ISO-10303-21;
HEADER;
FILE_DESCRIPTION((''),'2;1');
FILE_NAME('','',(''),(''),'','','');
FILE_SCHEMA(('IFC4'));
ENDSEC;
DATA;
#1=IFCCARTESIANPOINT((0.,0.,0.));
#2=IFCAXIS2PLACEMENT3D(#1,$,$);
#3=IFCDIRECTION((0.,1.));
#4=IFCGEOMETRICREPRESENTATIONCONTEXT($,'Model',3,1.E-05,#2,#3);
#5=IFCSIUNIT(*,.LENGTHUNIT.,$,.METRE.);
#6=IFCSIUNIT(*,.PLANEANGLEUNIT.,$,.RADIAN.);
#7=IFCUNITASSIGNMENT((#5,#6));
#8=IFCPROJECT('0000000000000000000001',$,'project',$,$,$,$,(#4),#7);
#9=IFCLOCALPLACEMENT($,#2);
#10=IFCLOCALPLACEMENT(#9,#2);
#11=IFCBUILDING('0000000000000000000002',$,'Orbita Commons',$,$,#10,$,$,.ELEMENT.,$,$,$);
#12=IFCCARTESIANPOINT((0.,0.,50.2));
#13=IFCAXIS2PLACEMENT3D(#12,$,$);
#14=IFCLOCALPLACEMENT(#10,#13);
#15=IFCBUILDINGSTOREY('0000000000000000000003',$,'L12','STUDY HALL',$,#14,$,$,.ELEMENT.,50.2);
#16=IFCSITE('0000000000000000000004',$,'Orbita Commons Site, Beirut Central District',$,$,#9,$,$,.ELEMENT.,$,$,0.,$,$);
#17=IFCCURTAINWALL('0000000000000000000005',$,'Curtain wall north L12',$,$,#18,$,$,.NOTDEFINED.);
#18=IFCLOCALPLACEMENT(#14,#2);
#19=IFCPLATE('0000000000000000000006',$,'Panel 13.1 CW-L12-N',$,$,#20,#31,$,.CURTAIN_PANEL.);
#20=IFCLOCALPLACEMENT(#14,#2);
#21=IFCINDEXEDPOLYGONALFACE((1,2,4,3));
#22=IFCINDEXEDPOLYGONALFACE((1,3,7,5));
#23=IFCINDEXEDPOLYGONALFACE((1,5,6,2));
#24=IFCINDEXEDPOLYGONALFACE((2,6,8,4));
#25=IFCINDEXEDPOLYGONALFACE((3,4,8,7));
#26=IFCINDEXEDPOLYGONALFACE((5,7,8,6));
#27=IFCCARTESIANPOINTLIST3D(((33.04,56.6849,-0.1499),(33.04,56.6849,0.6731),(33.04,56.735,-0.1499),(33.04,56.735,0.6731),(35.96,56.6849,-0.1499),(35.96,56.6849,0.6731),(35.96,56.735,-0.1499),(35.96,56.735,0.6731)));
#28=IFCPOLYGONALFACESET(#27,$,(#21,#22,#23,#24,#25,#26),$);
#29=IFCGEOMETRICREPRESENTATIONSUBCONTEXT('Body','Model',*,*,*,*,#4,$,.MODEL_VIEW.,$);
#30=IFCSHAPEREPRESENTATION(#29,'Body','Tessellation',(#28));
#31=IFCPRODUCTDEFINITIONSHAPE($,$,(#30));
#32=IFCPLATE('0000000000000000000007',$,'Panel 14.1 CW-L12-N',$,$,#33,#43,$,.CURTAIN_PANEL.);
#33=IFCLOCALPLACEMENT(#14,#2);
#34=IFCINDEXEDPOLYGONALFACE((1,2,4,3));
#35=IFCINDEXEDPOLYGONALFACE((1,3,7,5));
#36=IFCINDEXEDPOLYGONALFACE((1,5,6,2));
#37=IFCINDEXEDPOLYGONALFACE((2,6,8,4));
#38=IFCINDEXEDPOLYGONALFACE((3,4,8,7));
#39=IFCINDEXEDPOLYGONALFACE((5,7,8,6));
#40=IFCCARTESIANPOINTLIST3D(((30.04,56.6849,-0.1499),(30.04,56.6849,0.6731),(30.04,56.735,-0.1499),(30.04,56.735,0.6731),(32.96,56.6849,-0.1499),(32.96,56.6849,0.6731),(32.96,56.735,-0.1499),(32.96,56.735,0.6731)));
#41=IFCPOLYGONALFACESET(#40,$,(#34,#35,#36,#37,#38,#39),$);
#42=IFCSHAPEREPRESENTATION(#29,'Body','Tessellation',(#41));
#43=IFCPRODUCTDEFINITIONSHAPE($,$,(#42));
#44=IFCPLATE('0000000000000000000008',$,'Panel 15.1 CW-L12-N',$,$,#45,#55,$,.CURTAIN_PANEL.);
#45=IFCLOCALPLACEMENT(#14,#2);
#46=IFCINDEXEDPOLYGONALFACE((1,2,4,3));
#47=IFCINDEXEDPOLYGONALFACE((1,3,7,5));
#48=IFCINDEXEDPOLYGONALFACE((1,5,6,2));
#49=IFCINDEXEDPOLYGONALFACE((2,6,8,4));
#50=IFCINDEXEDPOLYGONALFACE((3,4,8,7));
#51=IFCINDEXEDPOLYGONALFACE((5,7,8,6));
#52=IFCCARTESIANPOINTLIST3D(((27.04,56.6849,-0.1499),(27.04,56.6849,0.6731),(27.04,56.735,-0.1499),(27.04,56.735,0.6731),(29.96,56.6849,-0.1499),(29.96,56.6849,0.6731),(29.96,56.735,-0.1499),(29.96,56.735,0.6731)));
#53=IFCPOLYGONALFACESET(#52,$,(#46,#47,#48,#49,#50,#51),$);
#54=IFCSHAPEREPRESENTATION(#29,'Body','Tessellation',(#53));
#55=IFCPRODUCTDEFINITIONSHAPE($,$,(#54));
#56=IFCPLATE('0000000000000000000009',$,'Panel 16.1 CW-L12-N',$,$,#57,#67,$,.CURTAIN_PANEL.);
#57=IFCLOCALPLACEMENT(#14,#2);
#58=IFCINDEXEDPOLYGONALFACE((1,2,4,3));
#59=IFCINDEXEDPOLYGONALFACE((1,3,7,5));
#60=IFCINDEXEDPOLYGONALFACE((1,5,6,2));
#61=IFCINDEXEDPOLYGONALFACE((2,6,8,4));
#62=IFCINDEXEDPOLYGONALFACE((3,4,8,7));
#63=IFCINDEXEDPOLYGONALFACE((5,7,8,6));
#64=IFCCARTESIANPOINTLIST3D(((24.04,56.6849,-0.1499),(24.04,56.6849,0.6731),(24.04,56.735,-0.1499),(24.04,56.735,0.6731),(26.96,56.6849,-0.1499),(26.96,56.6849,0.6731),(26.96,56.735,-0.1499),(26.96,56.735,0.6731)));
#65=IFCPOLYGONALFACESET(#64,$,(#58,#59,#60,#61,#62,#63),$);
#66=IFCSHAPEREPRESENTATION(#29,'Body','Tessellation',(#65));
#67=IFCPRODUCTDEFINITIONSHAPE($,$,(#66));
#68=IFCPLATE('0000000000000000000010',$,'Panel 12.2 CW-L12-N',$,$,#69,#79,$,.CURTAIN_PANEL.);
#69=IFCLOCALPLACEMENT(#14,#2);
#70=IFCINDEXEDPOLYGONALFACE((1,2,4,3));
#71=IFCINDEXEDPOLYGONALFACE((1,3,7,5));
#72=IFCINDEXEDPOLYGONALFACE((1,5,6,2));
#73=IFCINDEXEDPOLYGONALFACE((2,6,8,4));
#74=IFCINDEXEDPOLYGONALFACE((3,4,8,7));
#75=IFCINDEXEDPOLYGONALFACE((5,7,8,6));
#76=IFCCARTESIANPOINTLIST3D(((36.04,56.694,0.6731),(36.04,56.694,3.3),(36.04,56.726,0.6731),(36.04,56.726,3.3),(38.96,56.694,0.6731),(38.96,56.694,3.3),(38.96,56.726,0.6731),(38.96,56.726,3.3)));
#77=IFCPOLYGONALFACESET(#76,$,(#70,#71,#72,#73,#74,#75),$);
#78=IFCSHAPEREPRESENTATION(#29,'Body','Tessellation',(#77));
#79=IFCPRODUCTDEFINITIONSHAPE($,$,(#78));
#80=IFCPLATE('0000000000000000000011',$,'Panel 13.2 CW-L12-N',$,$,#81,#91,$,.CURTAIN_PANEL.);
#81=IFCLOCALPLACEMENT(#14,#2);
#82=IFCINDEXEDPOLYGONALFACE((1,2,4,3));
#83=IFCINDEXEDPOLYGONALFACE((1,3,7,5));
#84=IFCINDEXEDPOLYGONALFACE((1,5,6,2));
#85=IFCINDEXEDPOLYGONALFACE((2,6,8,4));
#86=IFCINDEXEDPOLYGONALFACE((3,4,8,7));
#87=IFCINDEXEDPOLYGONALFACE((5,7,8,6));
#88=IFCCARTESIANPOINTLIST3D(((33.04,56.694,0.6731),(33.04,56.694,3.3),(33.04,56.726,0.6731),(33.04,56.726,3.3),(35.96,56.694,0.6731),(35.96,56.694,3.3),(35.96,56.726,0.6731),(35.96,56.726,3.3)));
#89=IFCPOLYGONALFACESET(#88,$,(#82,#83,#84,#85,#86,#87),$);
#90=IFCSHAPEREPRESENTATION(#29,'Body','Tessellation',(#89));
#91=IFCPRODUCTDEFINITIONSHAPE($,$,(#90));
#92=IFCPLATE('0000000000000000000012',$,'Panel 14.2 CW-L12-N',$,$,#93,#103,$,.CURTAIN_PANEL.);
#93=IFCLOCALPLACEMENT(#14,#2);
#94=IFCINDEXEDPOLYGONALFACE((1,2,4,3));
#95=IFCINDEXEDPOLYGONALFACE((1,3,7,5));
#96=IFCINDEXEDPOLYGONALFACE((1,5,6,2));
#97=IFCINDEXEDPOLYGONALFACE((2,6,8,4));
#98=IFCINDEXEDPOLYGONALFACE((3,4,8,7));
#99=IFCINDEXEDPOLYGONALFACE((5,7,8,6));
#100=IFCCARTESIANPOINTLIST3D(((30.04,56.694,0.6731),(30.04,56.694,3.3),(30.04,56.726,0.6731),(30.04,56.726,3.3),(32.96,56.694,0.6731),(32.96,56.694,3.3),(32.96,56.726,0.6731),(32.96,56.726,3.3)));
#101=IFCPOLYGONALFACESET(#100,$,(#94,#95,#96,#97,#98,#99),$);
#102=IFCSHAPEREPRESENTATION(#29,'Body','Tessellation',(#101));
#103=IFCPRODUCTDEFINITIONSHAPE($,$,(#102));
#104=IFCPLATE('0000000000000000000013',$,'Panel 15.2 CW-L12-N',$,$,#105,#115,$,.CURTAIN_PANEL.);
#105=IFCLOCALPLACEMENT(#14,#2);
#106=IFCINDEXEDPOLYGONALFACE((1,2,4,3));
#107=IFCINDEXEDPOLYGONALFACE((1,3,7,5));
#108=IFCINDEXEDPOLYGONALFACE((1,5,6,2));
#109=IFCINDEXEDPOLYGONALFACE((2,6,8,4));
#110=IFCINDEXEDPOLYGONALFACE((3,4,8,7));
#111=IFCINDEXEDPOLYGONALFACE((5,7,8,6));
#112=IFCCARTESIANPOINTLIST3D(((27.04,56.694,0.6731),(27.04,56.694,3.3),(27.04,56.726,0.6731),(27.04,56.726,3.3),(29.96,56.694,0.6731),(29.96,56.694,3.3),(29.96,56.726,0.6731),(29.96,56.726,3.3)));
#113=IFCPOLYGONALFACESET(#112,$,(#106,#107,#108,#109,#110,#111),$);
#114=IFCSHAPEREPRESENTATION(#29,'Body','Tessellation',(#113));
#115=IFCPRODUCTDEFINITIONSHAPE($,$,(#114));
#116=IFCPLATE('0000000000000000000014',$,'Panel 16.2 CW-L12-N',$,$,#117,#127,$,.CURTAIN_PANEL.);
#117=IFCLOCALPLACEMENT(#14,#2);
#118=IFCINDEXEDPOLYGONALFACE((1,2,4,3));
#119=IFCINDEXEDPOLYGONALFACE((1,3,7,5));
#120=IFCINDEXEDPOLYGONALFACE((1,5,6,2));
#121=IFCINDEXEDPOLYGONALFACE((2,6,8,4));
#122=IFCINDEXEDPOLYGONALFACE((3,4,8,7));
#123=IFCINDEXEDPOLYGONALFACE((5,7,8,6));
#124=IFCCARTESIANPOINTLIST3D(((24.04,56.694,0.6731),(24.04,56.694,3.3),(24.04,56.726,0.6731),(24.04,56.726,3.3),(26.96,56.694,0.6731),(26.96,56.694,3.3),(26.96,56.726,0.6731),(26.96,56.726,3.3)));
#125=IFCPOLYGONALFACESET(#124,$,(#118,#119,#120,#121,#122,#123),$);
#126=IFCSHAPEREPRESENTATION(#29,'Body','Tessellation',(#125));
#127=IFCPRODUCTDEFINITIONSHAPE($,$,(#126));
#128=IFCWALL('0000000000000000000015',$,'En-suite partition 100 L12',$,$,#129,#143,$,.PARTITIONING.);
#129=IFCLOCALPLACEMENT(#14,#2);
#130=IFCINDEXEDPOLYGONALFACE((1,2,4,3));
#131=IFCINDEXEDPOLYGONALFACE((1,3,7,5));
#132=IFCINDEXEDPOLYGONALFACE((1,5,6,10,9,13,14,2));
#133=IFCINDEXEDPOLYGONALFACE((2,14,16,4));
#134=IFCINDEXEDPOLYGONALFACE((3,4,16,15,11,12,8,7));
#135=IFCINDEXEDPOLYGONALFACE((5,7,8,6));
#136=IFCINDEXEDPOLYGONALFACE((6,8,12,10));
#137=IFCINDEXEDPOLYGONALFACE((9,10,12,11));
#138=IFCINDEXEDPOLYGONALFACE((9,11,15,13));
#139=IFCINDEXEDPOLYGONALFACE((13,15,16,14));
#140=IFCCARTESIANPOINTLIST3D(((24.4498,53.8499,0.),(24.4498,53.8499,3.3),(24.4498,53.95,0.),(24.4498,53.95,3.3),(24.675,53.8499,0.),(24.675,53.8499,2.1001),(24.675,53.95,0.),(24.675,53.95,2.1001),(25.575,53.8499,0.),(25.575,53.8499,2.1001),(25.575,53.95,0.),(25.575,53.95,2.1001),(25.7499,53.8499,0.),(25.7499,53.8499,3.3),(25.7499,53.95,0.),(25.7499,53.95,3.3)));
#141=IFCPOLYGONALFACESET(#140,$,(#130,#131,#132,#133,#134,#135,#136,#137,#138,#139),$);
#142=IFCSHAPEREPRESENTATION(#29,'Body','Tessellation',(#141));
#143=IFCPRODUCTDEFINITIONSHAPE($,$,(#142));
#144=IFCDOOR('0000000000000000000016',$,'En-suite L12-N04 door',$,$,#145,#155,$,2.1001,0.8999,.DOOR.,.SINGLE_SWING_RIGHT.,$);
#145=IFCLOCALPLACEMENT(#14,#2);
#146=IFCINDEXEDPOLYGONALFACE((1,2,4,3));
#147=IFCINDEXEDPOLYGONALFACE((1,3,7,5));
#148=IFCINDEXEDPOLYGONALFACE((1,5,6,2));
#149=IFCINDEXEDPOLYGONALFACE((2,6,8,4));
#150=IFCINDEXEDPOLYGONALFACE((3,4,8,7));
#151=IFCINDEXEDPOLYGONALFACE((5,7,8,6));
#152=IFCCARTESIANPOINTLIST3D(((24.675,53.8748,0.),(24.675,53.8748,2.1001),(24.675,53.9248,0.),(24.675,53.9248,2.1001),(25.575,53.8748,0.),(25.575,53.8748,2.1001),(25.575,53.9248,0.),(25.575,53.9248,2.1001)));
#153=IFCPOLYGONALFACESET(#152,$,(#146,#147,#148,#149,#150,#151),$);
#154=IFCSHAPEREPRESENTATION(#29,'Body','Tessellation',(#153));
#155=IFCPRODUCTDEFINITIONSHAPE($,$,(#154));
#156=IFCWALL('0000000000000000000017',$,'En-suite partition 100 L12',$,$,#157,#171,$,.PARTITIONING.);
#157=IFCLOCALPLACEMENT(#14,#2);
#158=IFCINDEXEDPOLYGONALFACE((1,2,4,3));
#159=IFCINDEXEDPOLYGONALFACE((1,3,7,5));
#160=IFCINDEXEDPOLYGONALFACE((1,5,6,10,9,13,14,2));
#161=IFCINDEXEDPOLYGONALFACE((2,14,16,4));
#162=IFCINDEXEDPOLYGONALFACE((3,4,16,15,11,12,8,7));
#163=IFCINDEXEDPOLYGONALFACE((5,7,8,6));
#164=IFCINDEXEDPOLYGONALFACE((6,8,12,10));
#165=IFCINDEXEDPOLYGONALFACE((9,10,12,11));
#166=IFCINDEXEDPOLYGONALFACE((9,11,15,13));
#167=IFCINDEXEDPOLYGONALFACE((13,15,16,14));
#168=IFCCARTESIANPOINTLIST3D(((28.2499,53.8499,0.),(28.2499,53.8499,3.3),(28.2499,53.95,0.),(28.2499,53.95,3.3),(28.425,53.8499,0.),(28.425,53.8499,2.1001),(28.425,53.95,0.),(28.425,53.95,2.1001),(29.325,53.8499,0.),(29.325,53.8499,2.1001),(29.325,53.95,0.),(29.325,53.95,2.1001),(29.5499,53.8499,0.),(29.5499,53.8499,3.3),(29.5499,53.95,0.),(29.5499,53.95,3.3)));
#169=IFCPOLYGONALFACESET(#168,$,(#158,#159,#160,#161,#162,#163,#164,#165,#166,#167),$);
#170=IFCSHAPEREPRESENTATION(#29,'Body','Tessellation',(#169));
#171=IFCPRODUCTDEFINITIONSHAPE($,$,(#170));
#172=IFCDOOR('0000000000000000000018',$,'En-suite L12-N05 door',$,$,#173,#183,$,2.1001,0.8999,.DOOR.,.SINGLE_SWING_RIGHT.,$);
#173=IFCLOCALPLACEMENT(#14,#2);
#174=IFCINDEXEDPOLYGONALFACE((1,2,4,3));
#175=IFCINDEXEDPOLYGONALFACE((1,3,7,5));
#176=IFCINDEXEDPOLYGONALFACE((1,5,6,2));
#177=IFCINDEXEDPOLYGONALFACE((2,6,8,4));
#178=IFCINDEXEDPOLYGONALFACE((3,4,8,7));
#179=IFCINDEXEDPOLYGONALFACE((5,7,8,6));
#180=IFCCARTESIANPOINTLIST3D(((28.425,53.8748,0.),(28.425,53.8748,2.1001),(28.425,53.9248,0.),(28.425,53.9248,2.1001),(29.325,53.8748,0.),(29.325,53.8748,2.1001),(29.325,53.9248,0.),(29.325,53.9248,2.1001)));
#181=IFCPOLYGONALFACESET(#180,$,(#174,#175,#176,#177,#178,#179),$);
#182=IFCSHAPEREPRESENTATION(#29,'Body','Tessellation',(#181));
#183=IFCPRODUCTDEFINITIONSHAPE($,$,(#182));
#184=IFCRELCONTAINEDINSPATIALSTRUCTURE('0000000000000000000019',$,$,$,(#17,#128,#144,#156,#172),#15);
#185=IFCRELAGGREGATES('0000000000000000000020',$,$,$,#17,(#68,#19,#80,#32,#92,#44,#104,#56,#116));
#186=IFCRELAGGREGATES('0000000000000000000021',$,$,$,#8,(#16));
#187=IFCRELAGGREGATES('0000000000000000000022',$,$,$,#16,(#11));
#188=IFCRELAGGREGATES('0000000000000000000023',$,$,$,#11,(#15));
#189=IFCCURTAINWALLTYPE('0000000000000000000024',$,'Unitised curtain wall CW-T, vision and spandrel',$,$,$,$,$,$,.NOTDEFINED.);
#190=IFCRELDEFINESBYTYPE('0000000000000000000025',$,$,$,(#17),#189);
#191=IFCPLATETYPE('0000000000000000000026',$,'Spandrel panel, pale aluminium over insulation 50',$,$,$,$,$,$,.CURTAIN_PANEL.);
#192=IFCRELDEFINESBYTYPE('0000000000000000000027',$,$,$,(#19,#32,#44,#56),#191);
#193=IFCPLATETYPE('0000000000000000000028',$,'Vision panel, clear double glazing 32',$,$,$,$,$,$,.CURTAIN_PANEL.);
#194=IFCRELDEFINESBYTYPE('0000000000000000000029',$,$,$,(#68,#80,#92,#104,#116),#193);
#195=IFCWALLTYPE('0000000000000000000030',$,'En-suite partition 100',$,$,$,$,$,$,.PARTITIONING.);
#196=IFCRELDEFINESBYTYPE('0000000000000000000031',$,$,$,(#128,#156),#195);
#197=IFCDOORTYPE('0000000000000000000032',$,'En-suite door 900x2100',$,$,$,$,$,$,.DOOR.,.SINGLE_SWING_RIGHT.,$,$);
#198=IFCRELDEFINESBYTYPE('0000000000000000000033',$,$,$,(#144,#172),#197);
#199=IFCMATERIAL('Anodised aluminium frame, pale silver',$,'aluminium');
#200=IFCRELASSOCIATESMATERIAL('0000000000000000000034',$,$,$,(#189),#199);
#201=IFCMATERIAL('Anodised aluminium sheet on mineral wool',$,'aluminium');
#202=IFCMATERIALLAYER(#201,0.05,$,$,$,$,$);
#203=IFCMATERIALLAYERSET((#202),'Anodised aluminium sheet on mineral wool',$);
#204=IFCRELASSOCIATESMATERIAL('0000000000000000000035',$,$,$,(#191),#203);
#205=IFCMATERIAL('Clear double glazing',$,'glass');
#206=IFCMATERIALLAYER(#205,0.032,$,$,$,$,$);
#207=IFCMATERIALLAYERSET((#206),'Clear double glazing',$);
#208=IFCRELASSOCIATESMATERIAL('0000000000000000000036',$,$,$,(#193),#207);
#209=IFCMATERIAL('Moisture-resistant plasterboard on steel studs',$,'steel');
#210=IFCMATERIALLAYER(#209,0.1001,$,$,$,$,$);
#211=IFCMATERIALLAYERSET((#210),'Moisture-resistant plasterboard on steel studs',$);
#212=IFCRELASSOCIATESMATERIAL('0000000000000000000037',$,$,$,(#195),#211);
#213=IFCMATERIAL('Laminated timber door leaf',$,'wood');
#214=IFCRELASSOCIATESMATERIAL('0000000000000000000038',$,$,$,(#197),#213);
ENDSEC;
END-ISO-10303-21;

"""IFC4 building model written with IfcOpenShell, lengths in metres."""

from ifc_helpers import new_model, si_unit, direction, frame, frame_2d, origin, origin_2d, place, context, subcontext, project, spatial, rectangle, extrude, material, layer, layer_set, type_object, element, fill, aggregate, save


model = new_model("IFC4")

# Units and contexts
model_context = context("Model", 3, precision=1e-05, world=origin(), true_north=direction((0.0, 1.0)))
body_context = subcontext(model_context, "Body", "Model", "MODEL_VIEW")
ifc_project = project(units=[si_unit("LENGTHUNIT", "METRE"), si_unit("PLANEANGLEUNIT", "RADIAN")], contexts=[model_context])

# Site, building, storey
site_placement = place(None, origin())
site = spatial("IfcSite", under=ifc_project, at=site_placement, Name="Orbita Commons Site, Beirut Central District", CompositionType="ELEMENT", RefElevation=0.0)
building_placement = place(site_placement, origin())
building = spatial("IfcBuilding", under=site, at=building_placement, Name="Orbita Commons", CompositionType="ELEMENT")
storey_placement = place(building_placement, frame((0.0, 0.0, 50.2)))
storey = spatial("IfcBuildingStorey", under=building, at=storey_placement, Name="L12", Description="STUDY HALL", CompositionType="ELEMENT", Elevation=50.2)

# Curtain wall, plates
ifc_material_1 = material(Name="Anodised aluminium frame, pale silver", Category="aluminium")
curtain_wall_type = type_object("IfcCurtainWallType", Name="Unitised curtain wall CW-T, vision and spandrel", PredefinedType="NOTDEFINED", material=ifc_material_1)
curtain_wall_placement = place(storey_placement, origin())
curtain_wall = element("IfcCurtainWall", 1, at=curtain_wall_placement, inside=storey, type_object=curtain_wall_type, Name="Curtain wall north L12", PredefinedType="NOTDEFINED")
ifc_material_2 = material(Name="Anodised aluminium sheet on mineral wool", Category="aluminium")
ifc_layer_1 = layer(ifc_material_2, 0.05)
ifc_layer_set_1 = layer_set([ifc_layer_1], Name="Anodised aluminium sheet on mineral wool")
plate_type_1 = type_object("IfcPlateType", Name="Spandrel panel, pale aluminium over insulation 50", PredefinedType="CURTAIN_PANEL", material=ifc_layer_set_1)
plate_1_placement = place(storey_placement, frame((34.5, 56.71, -0.1499), z_axis=(0.0, 0.0, 1.0), x_axis=(-1.0, 0.0, 0.0)))
plate_1 = element("IfcPlate", 2, at=plate_1_placement, type_object=plate_type_1, Name="Panel 13.1 CW-L12-N", PredefinedType="CURTAIN_PANEL", context=body_context, shape_type="SweptSolid", body=[
    extrude(rectangle(XDim=2.9199, YDim=0.05, at=origin_2d()), origin(), (0.0, 0.0, 1.0), 0.823),
])
plate_2_placement = place(storey_placement, frame((31.5, 56.71, -0.1499), z_axis=(0.0, 0.0, 1.0), x_axis=(-1.0, 0.0, 0.0)))
plate_2 = element("IfcPlate", 3, at=plate_2_placement, type_object=plate_type_1, Name="Panel 14.1 CW-L12-N", PredefinedType="CURTAIN_PANEL", context=body_context, shape_type="SweptSolid", body=[
    extrude(rectangle(XDim=2.9199, YDim=0.05, at=origin_2d()), origin(), (0.0, 0.0, 1.0), 0.823),
])
plate_3_placement = place(storey_placement, frame((28.5, 56.71, -0.1499), z_axis=(0.0, 0.0, 1.0), x_axis=(-1.0, 0.0, 0.0)))
plate_3 = element("IfcPlate", 4, at=plate_3_placement, type_object=plate_type_1, Name="Panel 15.1 CW-L12-N", PredefinedType="CURTAIN_PANEL", context=body_context, shape_type="SweptSolid", body=[
    extrude(rectangle(XDim=2.9199, YDim=0.05, at=origin_2d()), origin(), (0.0, 0.0, 1.0), 0.823),
])
plate_4_placement = place(storey_placement, frame((25.5, 56.71, -0.1499), z_axis=(0.0, 0.0, 1.0), x_axis=(-1.0, 0.0, 0.0)))
plate_4 = element("IfcPlate", 5, at=plate_4_placement, type_object=plate_type_1, Name="Panel 16.1 CW-L12-N", PredefinedType="CURTAIN_PANEL", context=body_context, shape_type="SweptSolid", body=[
    extrude(rectangle(XDim=2.9199, YDim=0.05, at=origin_2d()), origin(), (0.0, 0.0, 1.0), 0.823),
])
ifc_material_3 = material(Name="Clear double glazing", Category="glass")
ifc_layer_2 = layer(ifc_material_3, 0.032)
ifc_layer_set_2 = layer_set([ifc_layer_2], Name="Clear double glazing")
plate_type_2 = type_object("IfcPlateType", Name="Vision panel, clear double glazing 32", PredefinedType="CURTAIN_PANEL", material=ifc_layer_set_2)
plate_5_placement = place(storey_placement, frame((37.5, 56.71, 0.6731), z_axis=(0.0, 0.0, 1.0), x_axis=(-1.0, 0.0, 0.0)))
plate_5 = element("IfcPlate", 6, at=plate_5_placement, type_object=plate_type_2, Name="Panel 12.2 CW-L12-N", PredefinedType="CURTAIN_PANEL", context=body_context, shape_type="SweptSolid", body=[
    extrude(rectangle(XDim=2.9199, YDim=0.032, at=origin_2d()), origin(), (0.0, 0.0, 1.0), 2.627),
])
plate_6_placement = place(storey_placement, frame((34.5, 56.71, 0.6731), z_axis=(0.0, 0.0, 1.0), x_axis=(-1.0, 0.0, 0.0)))
plate_6 = element("IfcPlate", 7, at=plate_6_placement, type_object=plate_type_2, Name="Panel 13.2 CW-L12-N", PredefinedType="CURTAIN_PANEL", context=body_context, shape_type="SweptSolid", body=[
    extrude(rectangle(XDim=2.9199, YDim=0.032, at=origin_2d()), origin(), (0.0, 0.0, 1.0), 2.627),
])
plate_7_placement = place(storey_placement, frame((31.5, 56.71, 0.6731), z_axis=(0.0, 0.0, 1.0), x_axis=(-1.0, 0.0, 0.0)))
plate_7 = element("IfcPlate", 8, at=plate_7_placement, type_object=plate_type_2, Name="Panel 14.2 CW-L12-N", PredefinedType="CURTAIN_PANEL", context=body_context, shape_type="SweptSolid", body=[
    extrude(rectangle(XDim=2.9199, YDim=0.032, at=origin_2d()), origin(), (0.0, 0.0, 1.0), 2.627),
])
plate_8_placement = place(storey_placement, frame((28.5, 56.71, 0.6731), z_axis=(0.0, 0.0, 1.0), x_axis=(-1.0, 0.0, 0.0)))
plate_8 = element("IfcPlate", 9, at=plate_8_placement, type_object=plate_type_2, Name="Panel 15.2 CW-L12-N", PredefinedType="CURTAIN_PANEL", context=body_context, shape_type="SweptSolid", body=[
    extrude(rectangle(XDim=2.9199, YDim=0.032, at=origin_2d()), origin(), (0.0, 0.0, 1.0), 2.627),
])
plate_9_placement = place(storey_placement, frame((25.5, 56.71, 0.6731), z_axis=(0.0, 0.0, 1.0), x_axis=(-1.0, 0.0, 0.0)))
plate_9 = element("IfcPlate", 10, at=plate_9_placement, type_object=plate_type_2, Name="Panel 16.2 CW-L12-N", PredefinedType="CURTAIN_PANEL", context=body_context, shape_type="SweptSolid", body=[
    extrude(rectangle(XDim=2.9199, YDim=0.032, at=origin_2d()), origin(), (0.0, 0.0, 1.0), 2.627),
])
aggregate(curtain_wall, [plate_5, plate_1, plate_6, plate_2, plate_7, plate_3, plate_8, plate_4, plate_9])

# Walls, openings, doors
ifc_material_4 = material(Name="Moisture-resistant plasterboard on steel studs", Category="steel")
ifc_layer_3 = layer(ifc_material_4, 0.1001)
ifc_layer_set_3 = layer_set([ifc_layer_3], Name="Moisture-resistant plasterboard on steel studs")
wall_type_1 = type_object("IfcWallType", Name="En-suite partition 100", PredefinedType="PARTITIONING", material=ifc_layer_set_3)
wall_1_placement = place(storey_placement, frame((24.45, 53.8999, 0.0), z_axis=(0.0, 0.0, 1.0), x_axis=(1.0, 0.0, 0.0)))
wall_1 = element("IfcWall", 11, at=wall_1_placement, inside=storey, type_object=wall_type_1, Name="En-suite partition 100 L12", PredefinedType="PARTITIONING", context=body_context, shape_type="SweptSolid", body=[
    extrude(rectangle(XDim=1.3, YDim=0.1001, at=frame_2d((0.6499, 0.0))), origin(), (0.0, 0.0, 1.0), 3.3),
])
opening_1_placement = place(wall_1_placement, frame((0.2251, 0.0, 0.0)))
opening_1 = element("IfcOpeningElement", 12, at=opening_1_placement, cuts=wall_1, PredefinedType="OPENING", context=body_context, shape_type="SweptSolid", body=[
    extrude(rectangle(XDim=0.8999, YDim=2.1001, at=frame_2d((0.45, 1.05))), frame((0.0, 0.0601, 0.0), z_axis=(0.0, -1.0, 0.0), x_axis=(1.0, 0.0, 0.0)), (0.0, 0.0, 1.0), 0.1201),
])
ifc_material_5 = material(Name="Laminated timber door leaf", Category="wood")
door_type = type_object("IfcDoorType", Name="En-suite door 900x2100", OperationType="SINGLE_SWING_RIGHT", PredefinedType="DOOR", material=ifc_material_5)
door_1_placement = place(opening_1_placement, origin())
door_1 = element("IfcDoor", 13, at=door_1_placement, inside=storey, type_object=door_type, Name="En-suite L12-N04 door", OperationType="SINGLE_SWING_RIGHT", OverallHeight=2.1001, OverallWidth=0.8999, PredefinedType="DOOR", context=body_context, shape_type="SweptSolid", body=[
    extrude(rectangle(XDim=0.8999, YDim=2.1001, at=frame_2d((0.45, 1.05))), frame((0.0, 0.0249, 0.0), z_axis=(0.0, -1.0, 0.0), x_axis=(1.0, 0.0, 0.0)), (0.0, 0.0, 1.0), 0.05),
])
fill(opening_1, door_1)
wall_2_placement = place(storey_placement, frame((28.25, 53.8999, 0.0), z_axis=(0.0, 0.0, 1.0), x_axis=(1.0, 0.0, 0.0)))
wall_2 = element("IfcWall", 14, at=wall_2_placement, inside=storey, type_object=wall_type_1, Name="En-suite partition 100 L12", PredefinedType="PARTITIONING", context=body_context, shape_type="SweptSolid", body=[
    extrude(rectangle(XDim=1.3, YDim=0.1001, at=frame_2d((0.6499, 0.0))), origin(), (0.0, 0.0, 1.0), 3.3),
])
opening_2_placement = place(wall_2_placement, frame((0.175, 0.0, 0.0)))
opening_2 = element("IfcOpeningElement", 15, at=opening_2_placement, cuts=wall_2, PredefinedType="OPENING", context=body_context, shape_type="SweptSolid", body=[
    extrude(rectangle(XDim=0.8999, YDim=2.1001, at=frame_2d((0.45, 1.05))), frame((0.0, 0.0601, 0.0), z_axis=(0.0, -1.0, 0.0), x_axis=(1.0, 0.0, 0.0)), (0.0, 0.0, 1.0), 0.1201),
])
door_2_placement = place(opening_2_placement, origin())
door_2 = element("IfcDoor", 16, at=door_2_placement, inside=storey, type_object=door_type, Name="En-suite L12-N05 door", OperationType="SINGLE_SWING_RIGHT", OverallHeight=2.1001, OverallWidth=0.8999, PredefinedType="DOOR", context=body_context, shape_type="SweptSolid", body=[
    extrude(rectangle(XDim=0.8999, YDim=2.1001, at=frame_2d((0.45, 1.05))), frame((0.0, 0.0249, 0.0), z_axis=(0.0, -1.0, 0.0), x_axis=(1.0, 0.0, 0.0)), (0.0, 0.0, 1.0), 0.05),
])
fill(opening_2, door_2)

save(model, "model.ifc")
